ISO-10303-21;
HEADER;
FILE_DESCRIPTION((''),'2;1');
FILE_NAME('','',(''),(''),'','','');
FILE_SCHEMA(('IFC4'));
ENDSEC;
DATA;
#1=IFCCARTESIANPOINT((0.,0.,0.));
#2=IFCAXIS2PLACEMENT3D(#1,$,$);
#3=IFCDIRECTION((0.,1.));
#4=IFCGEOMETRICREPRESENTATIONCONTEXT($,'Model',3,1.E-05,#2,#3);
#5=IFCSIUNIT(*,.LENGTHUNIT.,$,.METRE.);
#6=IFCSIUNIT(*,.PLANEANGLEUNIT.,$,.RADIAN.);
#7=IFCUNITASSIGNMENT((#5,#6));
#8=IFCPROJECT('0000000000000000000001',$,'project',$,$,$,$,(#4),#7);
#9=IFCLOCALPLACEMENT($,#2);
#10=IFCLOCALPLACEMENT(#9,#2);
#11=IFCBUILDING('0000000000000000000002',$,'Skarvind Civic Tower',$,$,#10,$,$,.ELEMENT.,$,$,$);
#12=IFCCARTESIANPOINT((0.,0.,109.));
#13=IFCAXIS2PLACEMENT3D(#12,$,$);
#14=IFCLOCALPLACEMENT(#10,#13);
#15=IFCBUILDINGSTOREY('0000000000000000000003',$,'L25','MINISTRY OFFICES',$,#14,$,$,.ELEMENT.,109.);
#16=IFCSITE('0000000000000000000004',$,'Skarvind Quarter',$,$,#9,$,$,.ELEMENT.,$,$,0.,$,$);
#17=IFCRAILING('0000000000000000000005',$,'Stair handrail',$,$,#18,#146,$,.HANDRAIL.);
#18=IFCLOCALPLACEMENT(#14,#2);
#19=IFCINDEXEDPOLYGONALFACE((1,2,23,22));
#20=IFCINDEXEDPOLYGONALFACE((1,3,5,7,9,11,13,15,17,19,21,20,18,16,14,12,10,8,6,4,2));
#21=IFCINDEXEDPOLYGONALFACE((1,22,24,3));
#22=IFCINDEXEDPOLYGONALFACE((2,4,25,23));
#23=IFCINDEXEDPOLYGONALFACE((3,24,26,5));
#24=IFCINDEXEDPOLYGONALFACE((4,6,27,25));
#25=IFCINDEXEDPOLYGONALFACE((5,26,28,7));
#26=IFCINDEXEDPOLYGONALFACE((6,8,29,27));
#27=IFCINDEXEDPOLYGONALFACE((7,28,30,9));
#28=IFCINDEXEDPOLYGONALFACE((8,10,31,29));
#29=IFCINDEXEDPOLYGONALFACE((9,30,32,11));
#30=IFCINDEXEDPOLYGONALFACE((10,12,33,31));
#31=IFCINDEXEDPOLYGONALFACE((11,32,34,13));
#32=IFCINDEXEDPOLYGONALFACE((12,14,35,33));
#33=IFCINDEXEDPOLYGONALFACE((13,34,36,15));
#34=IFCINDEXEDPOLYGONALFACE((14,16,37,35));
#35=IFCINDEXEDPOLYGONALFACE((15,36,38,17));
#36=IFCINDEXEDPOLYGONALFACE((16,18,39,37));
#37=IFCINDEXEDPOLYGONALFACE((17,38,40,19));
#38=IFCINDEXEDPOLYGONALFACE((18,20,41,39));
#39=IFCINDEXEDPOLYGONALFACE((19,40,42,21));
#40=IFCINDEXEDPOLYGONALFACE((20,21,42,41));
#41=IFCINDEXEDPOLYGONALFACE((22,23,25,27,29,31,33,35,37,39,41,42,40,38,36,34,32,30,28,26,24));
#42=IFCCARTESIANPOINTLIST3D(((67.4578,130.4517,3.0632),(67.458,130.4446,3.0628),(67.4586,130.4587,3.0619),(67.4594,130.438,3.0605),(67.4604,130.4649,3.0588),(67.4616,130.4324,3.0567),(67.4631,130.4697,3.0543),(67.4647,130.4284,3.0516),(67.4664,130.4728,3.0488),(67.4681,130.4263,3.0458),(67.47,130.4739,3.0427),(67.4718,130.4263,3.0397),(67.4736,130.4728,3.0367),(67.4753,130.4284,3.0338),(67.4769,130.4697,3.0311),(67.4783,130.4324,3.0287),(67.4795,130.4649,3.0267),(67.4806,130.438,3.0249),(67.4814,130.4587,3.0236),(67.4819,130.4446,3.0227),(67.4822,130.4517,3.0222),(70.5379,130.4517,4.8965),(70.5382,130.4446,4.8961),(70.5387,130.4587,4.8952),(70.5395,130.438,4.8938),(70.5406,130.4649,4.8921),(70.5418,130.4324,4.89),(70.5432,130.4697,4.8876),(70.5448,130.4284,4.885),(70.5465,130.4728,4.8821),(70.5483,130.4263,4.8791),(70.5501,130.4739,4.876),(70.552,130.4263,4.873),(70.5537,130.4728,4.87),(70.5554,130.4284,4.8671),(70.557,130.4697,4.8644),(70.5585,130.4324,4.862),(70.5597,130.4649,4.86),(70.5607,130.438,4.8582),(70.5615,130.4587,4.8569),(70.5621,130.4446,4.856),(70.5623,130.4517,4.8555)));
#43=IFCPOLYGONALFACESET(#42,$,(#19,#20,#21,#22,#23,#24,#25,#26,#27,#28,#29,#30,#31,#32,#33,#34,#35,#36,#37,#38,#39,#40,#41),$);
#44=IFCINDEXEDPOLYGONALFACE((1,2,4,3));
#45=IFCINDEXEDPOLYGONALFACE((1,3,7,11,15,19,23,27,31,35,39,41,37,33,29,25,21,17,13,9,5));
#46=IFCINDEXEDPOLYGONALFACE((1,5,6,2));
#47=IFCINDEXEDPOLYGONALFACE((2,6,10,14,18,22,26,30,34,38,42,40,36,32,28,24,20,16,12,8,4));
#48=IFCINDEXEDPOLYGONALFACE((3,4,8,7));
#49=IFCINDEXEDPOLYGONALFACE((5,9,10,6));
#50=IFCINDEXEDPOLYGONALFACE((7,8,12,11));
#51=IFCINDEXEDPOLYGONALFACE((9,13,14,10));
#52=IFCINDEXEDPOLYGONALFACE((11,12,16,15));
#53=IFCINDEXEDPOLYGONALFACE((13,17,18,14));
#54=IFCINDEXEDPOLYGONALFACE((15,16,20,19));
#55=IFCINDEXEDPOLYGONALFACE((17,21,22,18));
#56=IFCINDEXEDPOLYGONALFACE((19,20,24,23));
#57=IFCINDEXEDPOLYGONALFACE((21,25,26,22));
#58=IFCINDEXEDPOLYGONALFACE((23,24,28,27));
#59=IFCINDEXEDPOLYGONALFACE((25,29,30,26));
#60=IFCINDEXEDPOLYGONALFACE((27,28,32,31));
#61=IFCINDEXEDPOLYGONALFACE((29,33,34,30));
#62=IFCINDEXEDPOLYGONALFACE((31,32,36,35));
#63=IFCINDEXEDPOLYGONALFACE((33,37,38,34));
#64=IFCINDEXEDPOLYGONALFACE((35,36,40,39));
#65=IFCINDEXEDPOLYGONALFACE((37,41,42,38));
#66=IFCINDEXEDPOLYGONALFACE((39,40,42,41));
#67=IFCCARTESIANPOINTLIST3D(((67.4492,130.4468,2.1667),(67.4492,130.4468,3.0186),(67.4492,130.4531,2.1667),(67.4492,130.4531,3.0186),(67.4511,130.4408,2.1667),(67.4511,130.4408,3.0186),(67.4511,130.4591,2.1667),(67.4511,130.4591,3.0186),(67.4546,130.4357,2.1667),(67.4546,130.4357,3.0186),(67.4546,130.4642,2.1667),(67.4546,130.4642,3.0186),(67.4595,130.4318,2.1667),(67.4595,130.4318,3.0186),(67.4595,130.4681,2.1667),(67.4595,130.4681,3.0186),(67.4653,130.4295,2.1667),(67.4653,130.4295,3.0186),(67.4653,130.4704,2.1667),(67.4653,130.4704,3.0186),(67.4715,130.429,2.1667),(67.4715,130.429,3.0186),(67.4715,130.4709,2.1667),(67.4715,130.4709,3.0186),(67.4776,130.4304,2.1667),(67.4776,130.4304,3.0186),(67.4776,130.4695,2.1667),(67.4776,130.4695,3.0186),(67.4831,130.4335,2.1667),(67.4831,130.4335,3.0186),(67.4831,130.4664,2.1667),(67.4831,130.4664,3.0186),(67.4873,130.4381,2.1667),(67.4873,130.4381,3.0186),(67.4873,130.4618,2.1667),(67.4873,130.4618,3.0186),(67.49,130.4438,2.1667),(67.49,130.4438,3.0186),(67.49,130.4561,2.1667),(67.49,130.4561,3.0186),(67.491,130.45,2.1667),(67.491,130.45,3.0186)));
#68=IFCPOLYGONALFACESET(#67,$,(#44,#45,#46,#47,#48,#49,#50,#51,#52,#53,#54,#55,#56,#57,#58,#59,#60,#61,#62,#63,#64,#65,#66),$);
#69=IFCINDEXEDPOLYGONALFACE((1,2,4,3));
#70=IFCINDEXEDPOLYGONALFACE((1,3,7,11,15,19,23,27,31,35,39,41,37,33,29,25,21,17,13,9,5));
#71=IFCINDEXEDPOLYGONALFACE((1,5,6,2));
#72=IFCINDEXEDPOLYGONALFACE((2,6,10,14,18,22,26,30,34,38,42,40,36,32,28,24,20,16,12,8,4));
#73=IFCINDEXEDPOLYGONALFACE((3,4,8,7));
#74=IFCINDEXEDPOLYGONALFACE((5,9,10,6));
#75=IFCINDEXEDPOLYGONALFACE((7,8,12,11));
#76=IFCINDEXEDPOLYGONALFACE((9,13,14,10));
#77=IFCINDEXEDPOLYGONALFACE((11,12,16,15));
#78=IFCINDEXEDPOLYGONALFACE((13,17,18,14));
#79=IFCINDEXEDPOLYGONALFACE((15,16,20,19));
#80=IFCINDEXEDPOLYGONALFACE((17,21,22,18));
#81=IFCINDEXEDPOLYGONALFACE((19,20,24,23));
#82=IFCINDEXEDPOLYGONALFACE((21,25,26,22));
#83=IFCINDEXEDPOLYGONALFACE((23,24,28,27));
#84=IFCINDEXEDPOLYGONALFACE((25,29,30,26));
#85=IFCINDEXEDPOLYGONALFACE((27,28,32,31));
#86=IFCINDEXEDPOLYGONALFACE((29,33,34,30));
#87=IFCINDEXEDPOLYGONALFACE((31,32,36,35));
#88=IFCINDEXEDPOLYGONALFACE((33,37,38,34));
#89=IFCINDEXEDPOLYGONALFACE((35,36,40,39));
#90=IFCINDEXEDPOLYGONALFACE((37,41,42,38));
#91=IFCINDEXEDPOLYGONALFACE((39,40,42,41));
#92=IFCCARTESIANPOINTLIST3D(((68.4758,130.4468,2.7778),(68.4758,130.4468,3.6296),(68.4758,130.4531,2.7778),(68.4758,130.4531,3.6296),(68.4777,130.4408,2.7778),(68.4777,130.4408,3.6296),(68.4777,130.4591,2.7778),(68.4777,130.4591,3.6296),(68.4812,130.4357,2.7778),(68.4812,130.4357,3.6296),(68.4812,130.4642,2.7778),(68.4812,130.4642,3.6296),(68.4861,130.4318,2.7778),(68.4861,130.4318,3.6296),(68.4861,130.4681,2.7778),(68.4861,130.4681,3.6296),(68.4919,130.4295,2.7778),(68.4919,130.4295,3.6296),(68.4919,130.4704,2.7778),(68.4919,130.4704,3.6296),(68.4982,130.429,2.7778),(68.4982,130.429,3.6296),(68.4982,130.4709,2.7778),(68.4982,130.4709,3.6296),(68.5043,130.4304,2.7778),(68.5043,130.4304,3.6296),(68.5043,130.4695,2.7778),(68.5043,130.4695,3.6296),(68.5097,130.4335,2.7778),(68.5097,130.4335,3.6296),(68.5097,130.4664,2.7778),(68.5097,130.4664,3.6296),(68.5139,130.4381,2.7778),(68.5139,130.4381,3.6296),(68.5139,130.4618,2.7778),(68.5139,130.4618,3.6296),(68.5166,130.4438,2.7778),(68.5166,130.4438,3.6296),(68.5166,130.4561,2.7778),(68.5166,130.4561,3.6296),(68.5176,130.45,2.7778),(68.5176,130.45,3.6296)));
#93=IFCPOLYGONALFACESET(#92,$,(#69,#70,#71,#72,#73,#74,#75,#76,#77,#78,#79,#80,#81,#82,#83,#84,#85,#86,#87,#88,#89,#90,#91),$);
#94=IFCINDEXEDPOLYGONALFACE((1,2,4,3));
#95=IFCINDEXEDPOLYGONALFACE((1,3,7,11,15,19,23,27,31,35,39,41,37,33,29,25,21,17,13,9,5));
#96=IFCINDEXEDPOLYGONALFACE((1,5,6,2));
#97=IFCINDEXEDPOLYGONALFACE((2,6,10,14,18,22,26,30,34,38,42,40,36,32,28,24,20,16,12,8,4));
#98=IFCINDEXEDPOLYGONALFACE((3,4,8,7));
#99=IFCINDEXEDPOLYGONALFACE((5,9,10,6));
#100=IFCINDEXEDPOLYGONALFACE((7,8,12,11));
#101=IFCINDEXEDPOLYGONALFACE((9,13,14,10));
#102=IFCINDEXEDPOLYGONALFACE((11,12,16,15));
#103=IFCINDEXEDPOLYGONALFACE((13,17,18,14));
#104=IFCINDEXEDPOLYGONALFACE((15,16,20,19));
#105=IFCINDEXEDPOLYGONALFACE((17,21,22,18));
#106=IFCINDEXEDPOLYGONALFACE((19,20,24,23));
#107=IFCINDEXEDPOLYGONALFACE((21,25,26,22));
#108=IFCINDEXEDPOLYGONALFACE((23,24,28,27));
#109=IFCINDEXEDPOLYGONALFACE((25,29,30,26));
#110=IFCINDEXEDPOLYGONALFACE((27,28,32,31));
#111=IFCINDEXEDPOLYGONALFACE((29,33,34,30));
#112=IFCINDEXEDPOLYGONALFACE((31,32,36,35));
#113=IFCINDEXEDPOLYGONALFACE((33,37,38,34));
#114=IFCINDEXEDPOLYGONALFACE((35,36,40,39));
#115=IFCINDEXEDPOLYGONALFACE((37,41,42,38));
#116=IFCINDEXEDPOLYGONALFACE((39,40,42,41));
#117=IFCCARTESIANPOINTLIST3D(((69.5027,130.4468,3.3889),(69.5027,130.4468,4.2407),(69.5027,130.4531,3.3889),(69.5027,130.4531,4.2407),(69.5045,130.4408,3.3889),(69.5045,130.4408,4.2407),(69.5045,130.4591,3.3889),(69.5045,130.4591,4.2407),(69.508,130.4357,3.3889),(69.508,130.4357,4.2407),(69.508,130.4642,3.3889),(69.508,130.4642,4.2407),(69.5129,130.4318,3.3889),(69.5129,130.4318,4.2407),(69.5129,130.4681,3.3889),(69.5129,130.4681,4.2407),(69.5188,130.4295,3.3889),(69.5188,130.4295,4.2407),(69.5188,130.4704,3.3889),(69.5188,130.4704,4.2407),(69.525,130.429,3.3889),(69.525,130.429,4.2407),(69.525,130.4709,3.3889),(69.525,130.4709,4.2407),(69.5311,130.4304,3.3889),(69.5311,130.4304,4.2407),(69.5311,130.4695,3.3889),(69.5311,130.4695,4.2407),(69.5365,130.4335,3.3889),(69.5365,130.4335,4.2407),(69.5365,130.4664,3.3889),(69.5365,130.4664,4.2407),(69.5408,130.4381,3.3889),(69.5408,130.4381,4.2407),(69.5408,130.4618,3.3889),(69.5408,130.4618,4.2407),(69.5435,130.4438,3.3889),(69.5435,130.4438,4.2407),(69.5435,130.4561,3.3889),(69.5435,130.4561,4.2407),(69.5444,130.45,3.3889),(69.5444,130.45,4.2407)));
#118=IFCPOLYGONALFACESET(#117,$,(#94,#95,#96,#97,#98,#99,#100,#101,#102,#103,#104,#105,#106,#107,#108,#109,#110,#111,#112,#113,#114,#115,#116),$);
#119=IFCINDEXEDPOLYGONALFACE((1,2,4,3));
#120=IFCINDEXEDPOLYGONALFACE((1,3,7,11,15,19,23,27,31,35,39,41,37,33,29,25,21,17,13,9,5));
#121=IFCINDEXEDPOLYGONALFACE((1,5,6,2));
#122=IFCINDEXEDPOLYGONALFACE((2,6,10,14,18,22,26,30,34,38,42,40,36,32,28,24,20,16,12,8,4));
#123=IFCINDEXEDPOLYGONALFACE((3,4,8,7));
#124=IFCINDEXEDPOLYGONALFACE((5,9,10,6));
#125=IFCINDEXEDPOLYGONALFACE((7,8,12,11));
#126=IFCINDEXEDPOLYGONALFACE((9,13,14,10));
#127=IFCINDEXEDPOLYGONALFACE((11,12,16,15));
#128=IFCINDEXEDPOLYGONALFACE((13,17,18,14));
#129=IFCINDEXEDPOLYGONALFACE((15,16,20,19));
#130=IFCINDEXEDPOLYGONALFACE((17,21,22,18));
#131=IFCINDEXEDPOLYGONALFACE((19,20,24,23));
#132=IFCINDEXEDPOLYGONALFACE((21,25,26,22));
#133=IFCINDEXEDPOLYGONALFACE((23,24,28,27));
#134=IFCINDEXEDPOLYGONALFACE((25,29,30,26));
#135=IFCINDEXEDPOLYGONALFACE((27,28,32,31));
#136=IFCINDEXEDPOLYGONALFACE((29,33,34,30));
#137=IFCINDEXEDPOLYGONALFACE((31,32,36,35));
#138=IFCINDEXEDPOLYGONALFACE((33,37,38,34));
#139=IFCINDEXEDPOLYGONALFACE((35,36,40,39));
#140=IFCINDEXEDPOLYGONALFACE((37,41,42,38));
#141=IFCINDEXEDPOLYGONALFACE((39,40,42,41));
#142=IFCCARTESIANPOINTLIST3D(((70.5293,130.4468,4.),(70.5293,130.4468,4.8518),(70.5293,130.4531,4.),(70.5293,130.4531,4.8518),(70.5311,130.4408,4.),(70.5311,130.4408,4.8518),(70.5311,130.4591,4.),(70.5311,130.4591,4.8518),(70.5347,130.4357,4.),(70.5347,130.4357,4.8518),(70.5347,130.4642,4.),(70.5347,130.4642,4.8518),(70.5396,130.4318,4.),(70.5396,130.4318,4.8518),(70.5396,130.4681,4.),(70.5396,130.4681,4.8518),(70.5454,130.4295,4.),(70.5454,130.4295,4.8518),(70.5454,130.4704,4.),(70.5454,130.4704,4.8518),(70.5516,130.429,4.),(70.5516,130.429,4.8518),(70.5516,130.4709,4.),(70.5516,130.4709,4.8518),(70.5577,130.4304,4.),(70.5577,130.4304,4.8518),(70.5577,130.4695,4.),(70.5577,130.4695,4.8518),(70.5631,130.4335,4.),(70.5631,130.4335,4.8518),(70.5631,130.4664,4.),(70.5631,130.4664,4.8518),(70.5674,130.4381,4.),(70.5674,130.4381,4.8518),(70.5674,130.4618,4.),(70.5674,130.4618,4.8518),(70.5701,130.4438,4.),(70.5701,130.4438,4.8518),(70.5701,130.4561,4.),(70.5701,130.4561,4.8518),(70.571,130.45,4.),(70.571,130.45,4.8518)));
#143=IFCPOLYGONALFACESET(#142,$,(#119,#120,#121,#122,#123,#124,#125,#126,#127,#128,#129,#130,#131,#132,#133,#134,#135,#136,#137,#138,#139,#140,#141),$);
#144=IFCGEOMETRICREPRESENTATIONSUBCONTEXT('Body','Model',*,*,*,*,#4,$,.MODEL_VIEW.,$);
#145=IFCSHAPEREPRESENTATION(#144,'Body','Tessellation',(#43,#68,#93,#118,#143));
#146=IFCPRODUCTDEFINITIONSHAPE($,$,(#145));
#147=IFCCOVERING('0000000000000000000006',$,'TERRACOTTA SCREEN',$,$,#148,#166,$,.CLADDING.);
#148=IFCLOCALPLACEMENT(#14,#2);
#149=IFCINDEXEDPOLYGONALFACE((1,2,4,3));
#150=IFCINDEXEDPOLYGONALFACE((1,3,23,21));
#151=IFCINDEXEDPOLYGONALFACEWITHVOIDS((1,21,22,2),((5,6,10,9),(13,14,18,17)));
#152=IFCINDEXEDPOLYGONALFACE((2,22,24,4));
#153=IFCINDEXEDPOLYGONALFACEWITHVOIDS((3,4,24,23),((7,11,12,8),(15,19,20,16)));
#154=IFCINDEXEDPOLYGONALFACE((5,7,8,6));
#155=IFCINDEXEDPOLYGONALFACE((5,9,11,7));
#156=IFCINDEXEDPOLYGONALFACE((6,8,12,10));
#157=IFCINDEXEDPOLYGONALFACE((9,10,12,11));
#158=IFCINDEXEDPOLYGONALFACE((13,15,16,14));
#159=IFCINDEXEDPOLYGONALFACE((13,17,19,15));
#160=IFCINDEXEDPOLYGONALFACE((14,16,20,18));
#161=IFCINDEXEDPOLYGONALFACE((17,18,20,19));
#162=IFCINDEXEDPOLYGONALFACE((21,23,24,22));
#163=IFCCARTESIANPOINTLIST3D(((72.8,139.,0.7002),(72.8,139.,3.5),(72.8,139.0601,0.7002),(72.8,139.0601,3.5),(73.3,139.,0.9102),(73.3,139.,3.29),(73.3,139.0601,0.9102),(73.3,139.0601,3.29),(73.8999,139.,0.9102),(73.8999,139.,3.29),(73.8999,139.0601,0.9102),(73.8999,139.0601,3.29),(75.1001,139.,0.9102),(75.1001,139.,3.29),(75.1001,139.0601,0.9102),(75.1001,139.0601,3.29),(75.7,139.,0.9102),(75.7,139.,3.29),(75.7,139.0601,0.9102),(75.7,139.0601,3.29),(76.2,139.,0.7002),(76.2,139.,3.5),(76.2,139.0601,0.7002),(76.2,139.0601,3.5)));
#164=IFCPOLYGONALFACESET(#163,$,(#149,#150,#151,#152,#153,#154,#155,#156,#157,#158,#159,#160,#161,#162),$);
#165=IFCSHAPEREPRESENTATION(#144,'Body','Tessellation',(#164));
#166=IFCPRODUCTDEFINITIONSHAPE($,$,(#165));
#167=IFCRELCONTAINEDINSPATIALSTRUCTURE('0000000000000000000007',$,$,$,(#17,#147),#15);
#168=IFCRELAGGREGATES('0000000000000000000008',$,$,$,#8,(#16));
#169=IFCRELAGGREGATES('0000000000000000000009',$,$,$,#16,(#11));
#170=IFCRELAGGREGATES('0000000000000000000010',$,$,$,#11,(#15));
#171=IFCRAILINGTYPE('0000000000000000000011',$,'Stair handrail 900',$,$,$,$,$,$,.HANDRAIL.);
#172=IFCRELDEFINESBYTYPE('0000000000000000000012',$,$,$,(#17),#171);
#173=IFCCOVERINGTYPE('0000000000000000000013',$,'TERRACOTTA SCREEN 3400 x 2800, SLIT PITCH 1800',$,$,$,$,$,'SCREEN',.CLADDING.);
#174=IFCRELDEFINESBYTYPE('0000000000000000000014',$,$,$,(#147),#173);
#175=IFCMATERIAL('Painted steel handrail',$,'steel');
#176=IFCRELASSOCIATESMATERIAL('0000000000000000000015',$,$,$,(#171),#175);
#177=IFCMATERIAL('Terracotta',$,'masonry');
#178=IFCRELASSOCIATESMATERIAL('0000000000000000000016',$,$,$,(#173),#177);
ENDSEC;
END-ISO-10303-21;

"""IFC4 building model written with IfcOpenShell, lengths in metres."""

from ifc_helpers import new_model, si_unit, direction, frame, origin, origin_2d, place, context, subcontext, project, spatial, polyline, circle, outline, extrude, material, material_profile, profile_set, type_object, element, save


model = new_model("IFC4")

# Units and contexts
model_context = context("Model", 3, precision=1e-05, world=origin(), true_north=direction((0.0, 1.0)))
body_context = subcontext(model_context, "Body", "Model", "MODEL_VIEW")
ifc_project = project(units=[si_unit("LENGTHUNIT", "METRE"), si_unit("PLANEANGLEUNIT", "RADIAN")], contexts=[model_context])

# Site, building, storey
site_placement = place(None, origin())
site = spatial("IfcSite", under=ifc_project, at=site_placement, Name="Skarvind Quarter", CompositionType="ELEMENT", RefElevation=0.0)
building_placement = place(site_placement, origin())
building = spatial("IfcBuilding", under=site, at=building_placement, Name="Skarvind Civic Tower", CompositionType="ELEMENT")
storey_placement = place(building_placement, frame((0.0, 0.0, 109.0)))
storey = spatial("IfcBuildingStorey", under=building, at=storey_placement, Name="L25", Description="MINISTRY OFFICES", CompositionType="ELEMENT", Elevation=109.0)

# Railing
ifc_material_1 = material(Name="Painted steel handrail", Category="steel")
railing_type = type_object("IfcRailingType", Name="Stair handrail 900", PredefinedType="HANDRAIL", material=ifc_material_1)
railing_1_placement = place(storey_placement, frame((67.47, 130.45, 2.1667)))
element("IfcRailing", 1, at=railing_1_placement, inside=storey, type_object=railing_type, Name="Stair handrail", PredefinedType="HANDRAIL", context=body_context, shape_type="SweptSolid", body=[
    extrude(circle(Radius=0.0239, at=origin_2d()), frame((0.0, 0.0, 0.876), z_axis=(0.859309, 0.0, 0.511458), x_axis=(0.0, 1.0, 0.0)), (0.0, 0.0, 1.0), 3.5845),
    extrude(circle(Radius=0.021, at=origin_2d()), origin(), (0.0, 0.0, 1.0), 0.8518),
    extrude(circle(Radius=0.021, at=origin_2d()), frame((1.0266, 0.0, 0.6111)), (0.0, 0.0, 1.0), 0.8518),
    extrude(circle(Radius=0.021, at=origin_2d()), frame((2.0535, 0.0, 1.2222)), (0.0, 0.0, 1.0), 0.8518),
    extrude(circle(Radius=0.021, at=origin_2d()), frame((3.0801, 0.0, 1.8333)), (0.0, 0.0, 1.0), 0.8518),
])

# Covering
ifc_material_2 = material(Name="Terracotta", Category="masonry")
ifc_material_profile_1 = material_profile(ifc_material_2, outline(polyline([(-1.7, -1.3999), (1.7, -1.3999), (1.7, 1.3999), (-1.7, 1.3999), (-1.7, -1.3999)]), holes=[polyline([(-1.2, -1.1899), (-0.6001, -1.1899), (-0.6001, 1.1899), (-1.2, 1.1899), (-1.2, -1.1899)]), polyline([(0.6001, -1.1899), (1.2, -1.1899), (1.2, 1.1899), (0.6001, 1.1899), (0.6001, -1.1899)])]), Name="TERRACOTTA SCREEN 3400 x 2800, SLIT PITCH 1800")
ifc_profile_set_1 = profile_set([ifc_material_profile_1], Name="Terracotta")
covering_type = type_object("IfcCoveringType", Name="TERRACOTTA SCREEN 3400 x 2800, SLIT PITCH 1800", ElementType="SCREEN", PredefinedType="CLADDING", material=ifc_profile_set_1)
covering_placement = place(storey_placement, frame((74.5, 139.0, 2.1001), z_axis=(0.0, 1.0, 0.0), x_axis=(-1.0, 0.0, 0.0)))
element("IfcCovering", 2, at=covering_placement, inside=storey, type_object=covering_type, Name="TERRACOTTA SCREEN", PredefinedType="CLADDING", context=body_context, shape_type="SweptSolid", body=[
    extrude(outline(polyline([(-1.7, -1.3999), (1.7, -1.3999), (1.7, 1.3999), (-1.7, 1.3999), (-1.7, -1.3999)]), holes=[polyline([(-1.2, -1.1899), (-0.6001, -1.1899), (-0.6001, 1.1899), (-1.2, 1.1899), (-1.2, -1.1899)]), polyline([(0.6001, -1.1899), (1.2, -1.1899), (1.2, 1.1899), (0.6001, 1.1899), (0.6001, -1.1899)])]), origin(), (0.0, 0.0, 1.0), 0.0601),
])

save(model, "model.ifc")
